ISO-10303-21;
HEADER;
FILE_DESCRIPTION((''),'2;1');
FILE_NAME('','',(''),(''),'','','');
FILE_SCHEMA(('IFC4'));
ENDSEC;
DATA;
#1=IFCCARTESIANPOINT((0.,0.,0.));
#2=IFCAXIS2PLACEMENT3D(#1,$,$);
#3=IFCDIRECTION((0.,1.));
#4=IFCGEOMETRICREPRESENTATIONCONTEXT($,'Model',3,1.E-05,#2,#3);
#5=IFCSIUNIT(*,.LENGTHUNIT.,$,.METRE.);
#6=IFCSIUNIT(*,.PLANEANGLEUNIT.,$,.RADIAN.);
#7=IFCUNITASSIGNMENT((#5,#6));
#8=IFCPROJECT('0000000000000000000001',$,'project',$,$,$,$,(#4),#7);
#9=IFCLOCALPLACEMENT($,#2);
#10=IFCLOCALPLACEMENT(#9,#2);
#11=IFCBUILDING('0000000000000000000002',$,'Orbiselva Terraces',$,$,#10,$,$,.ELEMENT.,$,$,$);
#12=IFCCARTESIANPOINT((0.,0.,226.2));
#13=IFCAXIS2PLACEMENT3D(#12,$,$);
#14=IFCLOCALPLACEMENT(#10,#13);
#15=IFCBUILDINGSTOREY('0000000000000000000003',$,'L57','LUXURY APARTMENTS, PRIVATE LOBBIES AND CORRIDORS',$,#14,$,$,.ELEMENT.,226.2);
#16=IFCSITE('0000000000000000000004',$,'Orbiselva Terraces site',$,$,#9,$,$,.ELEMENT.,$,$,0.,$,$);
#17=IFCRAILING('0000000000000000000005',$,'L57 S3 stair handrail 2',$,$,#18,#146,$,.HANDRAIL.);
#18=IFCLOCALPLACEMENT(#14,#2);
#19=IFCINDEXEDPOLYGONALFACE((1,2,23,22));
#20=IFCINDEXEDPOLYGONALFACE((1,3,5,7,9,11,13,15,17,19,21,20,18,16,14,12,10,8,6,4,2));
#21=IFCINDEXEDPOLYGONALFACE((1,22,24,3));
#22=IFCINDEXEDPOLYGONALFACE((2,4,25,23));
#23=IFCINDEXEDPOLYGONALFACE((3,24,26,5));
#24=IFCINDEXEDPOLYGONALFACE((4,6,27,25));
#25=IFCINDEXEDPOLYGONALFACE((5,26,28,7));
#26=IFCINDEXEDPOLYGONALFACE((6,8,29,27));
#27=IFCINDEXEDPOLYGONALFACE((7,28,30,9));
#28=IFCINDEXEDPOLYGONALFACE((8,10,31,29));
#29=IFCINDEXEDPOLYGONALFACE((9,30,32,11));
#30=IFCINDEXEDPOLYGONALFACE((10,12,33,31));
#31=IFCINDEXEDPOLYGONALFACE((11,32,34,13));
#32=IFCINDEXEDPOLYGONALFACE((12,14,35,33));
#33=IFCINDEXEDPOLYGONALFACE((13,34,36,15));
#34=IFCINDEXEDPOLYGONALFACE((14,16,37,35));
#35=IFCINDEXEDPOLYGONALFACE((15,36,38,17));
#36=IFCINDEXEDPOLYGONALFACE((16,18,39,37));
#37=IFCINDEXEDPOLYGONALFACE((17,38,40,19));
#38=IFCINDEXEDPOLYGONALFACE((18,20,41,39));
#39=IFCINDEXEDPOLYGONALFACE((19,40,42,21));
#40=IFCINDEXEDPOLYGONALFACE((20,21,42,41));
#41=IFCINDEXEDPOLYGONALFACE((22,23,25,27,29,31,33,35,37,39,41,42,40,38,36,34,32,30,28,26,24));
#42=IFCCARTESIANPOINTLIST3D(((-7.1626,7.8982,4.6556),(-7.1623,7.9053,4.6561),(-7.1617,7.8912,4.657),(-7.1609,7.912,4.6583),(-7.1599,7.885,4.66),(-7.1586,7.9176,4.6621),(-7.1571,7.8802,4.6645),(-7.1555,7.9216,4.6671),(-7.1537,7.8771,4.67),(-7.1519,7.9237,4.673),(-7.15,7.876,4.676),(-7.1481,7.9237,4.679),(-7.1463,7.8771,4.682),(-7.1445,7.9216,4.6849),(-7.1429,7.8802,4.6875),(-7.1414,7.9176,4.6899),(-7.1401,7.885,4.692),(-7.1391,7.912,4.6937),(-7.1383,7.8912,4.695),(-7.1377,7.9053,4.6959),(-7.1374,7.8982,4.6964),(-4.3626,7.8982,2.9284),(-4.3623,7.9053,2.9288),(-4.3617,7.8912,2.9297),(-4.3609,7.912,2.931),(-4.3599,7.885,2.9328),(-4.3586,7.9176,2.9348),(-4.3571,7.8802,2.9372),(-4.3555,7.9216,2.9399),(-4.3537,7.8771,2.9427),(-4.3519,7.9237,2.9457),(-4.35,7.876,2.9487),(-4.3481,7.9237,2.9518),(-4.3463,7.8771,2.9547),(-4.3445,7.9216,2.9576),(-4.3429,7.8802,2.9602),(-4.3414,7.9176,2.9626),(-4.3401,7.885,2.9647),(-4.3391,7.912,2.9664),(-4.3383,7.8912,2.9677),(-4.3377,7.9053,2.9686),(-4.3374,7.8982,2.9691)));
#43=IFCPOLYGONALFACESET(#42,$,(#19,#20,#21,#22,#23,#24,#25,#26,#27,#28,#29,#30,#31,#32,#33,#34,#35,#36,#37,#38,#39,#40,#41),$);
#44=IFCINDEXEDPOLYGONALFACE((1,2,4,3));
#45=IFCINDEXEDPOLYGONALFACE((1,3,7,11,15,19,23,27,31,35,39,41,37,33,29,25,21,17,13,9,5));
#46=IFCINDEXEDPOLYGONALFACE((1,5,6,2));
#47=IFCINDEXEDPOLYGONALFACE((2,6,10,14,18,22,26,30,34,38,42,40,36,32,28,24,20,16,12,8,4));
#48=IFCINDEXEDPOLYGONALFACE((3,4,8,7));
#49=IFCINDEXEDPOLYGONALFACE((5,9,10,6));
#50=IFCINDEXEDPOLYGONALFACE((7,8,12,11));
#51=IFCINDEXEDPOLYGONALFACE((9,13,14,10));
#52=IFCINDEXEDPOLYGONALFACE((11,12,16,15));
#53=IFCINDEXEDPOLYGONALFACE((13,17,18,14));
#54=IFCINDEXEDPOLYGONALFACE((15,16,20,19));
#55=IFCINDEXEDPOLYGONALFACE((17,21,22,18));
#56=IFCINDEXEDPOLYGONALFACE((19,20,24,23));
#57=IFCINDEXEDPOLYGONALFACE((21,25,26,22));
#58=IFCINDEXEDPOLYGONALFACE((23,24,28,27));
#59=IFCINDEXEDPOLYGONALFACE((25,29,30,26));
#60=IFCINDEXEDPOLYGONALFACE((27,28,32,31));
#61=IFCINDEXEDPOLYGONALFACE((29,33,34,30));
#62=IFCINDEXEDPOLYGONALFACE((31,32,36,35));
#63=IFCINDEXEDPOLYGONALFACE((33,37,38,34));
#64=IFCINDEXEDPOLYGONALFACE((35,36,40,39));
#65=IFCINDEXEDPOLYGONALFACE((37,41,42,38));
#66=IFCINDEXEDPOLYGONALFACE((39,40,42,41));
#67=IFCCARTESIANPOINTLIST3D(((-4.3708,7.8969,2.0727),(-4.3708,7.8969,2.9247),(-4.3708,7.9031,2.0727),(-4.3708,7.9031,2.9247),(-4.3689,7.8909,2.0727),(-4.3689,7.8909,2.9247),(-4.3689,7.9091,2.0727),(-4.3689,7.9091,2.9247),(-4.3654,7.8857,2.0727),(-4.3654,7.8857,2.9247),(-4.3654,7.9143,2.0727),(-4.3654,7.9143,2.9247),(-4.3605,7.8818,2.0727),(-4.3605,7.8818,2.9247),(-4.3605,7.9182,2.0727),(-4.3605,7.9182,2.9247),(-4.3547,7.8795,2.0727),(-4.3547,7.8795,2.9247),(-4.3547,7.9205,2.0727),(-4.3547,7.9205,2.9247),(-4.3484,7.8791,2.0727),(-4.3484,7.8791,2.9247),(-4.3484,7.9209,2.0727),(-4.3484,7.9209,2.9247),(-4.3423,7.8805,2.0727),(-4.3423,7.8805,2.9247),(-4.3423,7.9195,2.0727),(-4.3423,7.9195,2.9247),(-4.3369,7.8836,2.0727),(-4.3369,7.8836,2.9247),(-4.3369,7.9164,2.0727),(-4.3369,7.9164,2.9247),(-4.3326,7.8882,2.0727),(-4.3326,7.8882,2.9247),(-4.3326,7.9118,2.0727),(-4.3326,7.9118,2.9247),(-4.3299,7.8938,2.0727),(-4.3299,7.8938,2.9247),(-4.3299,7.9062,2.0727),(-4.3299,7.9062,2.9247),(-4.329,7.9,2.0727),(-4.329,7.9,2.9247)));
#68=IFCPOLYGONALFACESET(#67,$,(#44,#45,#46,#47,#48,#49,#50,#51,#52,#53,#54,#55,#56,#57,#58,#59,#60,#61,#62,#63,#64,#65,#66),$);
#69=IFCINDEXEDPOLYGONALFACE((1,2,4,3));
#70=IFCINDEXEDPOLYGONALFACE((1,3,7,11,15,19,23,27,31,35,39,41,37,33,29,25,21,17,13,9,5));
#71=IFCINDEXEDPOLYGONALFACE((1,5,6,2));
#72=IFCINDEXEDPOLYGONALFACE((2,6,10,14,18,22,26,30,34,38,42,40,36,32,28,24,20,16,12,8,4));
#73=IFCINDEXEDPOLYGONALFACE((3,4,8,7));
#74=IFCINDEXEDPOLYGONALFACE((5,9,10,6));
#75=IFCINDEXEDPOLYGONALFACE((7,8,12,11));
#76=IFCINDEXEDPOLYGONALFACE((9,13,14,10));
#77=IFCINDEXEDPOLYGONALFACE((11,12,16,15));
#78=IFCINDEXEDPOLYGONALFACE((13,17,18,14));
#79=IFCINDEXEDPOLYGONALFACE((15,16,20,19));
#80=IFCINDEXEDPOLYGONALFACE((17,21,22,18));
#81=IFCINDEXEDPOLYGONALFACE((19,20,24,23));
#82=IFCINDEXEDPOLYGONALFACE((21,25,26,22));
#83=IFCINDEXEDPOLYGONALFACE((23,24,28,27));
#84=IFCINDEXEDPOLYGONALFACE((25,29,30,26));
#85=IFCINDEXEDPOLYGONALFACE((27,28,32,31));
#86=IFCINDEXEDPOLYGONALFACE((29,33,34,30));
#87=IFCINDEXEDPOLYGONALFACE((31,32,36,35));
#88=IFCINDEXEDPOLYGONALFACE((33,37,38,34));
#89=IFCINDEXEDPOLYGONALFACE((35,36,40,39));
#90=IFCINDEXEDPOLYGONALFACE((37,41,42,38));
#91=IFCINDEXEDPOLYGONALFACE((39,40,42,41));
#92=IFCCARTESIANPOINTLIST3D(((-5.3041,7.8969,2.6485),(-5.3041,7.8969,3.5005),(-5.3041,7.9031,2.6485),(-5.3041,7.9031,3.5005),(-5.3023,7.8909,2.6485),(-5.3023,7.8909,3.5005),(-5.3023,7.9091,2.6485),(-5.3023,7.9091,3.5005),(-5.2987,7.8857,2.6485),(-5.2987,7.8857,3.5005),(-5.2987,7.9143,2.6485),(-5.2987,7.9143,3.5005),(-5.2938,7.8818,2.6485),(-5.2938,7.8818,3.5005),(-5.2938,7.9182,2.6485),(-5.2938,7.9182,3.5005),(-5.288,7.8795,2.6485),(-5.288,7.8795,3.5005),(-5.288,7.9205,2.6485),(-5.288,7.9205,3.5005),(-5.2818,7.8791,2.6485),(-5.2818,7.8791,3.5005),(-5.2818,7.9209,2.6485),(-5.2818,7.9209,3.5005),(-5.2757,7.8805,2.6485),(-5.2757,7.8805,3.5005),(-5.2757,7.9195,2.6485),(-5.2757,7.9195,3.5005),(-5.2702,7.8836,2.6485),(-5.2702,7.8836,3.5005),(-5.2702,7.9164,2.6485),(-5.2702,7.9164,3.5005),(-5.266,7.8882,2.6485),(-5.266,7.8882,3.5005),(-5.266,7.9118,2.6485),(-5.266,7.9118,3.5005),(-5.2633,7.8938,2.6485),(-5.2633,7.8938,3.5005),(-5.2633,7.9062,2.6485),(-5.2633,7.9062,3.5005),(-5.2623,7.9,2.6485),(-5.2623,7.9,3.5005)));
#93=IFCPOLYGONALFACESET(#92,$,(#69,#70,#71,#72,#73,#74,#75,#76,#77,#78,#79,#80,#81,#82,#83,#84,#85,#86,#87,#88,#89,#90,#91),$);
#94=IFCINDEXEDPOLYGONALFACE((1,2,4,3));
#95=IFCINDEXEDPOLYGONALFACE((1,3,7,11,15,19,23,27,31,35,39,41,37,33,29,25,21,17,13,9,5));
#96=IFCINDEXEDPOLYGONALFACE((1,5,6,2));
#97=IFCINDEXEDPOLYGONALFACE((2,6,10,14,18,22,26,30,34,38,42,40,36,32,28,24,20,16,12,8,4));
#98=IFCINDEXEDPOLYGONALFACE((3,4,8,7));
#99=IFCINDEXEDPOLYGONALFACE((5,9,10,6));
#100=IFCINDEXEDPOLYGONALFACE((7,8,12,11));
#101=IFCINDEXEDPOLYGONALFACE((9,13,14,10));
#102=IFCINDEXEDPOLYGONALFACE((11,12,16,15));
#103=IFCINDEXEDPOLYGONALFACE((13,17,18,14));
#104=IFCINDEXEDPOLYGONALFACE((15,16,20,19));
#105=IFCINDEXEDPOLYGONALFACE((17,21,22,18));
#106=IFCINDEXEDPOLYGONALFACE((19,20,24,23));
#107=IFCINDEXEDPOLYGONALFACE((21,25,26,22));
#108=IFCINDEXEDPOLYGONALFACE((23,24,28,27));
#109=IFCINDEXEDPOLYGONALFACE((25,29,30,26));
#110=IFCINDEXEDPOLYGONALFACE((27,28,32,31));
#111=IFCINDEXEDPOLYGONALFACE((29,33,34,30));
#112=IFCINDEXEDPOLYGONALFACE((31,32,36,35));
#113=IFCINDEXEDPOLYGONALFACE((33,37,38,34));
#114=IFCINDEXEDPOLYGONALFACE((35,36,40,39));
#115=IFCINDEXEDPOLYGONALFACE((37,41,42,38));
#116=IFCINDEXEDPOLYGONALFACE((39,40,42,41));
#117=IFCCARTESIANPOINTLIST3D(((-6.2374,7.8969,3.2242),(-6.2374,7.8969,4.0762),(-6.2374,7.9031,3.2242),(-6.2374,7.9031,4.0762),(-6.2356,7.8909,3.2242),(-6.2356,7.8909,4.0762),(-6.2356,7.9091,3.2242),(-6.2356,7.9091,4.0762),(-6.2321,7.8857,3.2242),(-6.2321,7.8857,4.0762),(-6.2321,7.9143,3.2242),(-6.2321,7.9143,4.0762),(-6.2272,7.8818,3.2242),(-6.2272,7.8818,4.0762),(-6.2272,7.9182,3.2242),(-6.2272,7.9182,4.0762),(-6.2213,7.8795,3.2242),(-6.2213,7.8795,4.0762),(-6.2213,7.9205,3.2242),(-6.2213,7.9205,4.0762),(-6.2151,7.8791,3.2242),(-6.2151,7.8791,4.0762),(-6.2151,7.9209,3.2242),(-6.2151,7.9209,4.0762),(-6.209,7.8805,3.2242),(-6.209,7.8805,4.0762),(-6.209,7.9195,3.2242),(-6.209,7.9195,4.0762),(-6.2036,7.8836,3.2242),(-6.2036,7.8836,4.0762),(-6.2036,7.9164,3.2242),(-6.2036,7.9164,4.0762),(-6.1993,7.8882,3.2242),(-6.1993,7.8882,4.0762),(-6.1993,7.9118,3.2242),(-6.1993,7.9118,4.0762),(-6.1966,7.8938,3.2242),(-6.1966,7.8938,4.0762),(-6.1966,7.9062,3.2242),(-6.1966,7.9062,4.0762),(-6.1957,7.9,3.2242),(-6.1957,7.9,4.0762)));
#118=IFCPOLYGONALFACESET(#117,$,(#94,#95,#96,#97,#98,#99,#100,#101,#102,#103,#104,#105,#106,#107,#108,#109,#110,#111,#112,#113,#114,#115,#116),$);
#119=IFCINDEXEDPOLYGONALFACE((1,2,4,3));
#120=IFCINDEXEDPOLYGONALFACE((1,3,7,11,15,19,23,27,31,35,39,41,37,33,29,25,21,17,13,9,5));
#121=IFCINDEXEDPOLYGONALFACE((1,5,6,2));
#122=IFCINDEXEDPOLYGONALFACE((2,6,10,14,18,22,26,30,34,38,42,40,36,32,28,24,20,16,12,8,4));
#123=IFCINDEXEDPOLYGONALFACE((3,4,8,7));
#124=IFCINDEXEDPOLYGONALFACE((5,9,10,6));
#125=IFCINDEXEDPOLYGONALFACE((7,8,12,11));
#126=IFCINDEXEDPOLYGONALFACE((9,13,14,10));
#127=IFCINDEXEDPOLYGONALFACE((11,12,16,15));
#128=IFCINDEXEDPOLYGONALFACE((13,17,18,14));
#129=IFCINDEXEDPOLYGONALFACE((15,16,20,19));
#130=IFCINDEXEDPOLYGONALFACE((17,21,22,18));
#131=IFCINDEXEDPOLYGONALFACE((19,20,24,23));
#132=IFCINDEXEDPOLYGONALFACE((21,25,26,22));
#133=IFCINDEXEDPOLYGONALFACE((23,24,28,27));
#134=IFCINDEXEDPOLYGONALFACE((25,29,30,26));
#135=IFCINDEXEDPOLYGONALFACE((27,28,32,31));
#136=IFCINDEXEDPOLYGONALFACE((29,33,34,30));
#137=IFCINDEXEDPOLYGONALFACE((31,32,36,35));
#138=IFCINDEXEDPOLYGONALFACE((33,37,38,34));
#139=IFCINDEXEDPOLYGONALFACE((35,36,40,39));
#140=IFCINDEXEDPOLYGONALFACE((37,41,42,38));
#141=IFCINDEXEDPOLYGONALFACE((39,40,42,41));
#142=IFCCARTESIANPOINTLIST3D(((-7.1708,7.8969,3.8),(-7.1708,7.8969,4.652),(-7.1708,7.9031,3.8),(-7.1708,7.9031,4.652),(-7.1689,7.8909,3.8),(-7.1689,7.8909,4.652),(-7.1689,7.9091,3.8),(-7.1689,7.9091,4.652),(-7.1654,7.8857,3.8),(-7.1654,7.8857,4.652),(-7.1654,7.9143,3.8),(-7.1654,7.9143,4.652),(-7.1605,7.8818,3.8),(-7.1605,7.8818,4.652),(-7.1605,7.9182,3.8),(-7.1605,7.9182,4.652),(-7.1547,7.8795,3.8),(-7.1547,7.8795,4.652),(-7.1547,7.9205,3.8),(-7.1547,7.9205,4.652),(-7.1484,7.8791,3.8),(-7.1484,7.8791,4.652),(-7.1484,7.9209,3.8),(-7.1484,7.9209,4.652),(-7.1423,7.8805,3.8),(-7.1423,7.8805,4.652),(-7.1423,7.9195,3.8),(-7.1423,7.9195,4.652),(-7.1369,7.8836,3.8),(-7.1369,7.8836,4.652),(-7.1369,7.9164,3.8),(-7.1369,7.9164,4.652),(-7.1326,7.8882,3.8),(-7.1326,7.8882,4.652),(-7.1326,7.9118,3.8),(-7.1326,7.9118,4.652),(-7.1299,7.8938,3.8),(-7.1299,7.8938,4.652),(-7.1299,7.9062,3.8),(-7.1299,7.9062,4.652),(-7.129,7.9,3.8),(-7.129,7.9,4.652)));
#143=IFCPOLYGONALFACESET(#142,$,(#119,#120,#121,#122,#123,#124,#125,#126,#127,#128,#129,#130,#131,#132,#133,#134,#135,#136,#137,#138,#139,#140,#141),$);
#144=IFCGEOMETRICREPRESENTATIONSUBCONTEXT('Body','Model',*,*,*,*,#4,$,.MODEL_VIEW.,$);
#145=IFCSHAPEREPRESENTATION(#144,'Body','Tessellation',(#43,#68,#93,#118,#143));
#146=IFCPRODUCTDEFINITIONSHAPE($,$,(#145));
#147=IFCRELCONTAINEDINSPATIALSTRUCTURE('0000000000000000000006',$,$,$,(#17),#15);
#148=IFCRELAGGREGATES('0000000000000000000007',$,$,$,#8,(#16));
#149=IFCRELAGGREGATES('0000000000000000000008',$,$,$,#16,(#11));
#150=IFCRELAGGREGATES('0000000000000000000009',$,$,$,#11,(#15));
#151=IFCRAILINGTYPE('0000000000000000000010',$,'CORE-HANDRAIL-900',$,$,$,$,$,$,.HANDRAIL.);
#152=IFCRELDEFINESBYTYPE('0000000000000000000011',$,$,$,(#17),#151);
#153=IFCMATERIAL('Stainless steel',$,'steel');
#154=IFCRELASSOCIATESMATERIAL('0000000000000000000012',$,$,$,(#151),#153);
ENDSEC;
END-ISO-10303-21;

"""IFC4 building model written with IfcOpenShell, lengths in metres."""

from ifc_helpers import new_model, si_unit, direction, frame, origin, origin_2d, place, context, subcontext, project, spatial, circle, extrude, material, type_object, element, save


model = new_model("IFC4")

# Units and contexts
model_context = context("Model", 3, precision=1e-05, world=origin(), true_north=direction((0.0, 1.0)))
body_context = subcontext(model_context, "Body", "Model", "MODEL_VIEW")
ifc_project = project(units=[si_unit("LENGTHUNIT", "METRE"), si_unit("PLANEANGLEUNIT", "RADIAN")], contexts=[model_context])

# Site, building, storey
site_placement = place(None, origin())
site = spatial("IfcSite", under=ifc_project, at=site_placement, Name="Orbiselva Terraces site", CompositionType="ELEMENT", RefElevation=0.0)
building_placement = place(site_placement, origin())
building = spatial("IfcBuilding", under=site, at=building_placement, Name="Orbiselva Terraces", CompositionType="ELEMENT")
storey_placement = place(building_placement, frame((0.0, 0.0, 226.2)))
storey = spatial("IfcBuildingStorey", under=building, at=storey_placement, Name="L57", Description="LUXURY APARTMENTS, PRIVATE LOBBIES AND CORRIDORS", CompositionType="ELEMENT", Elevation=226.2)

# Railing
ifc_material_1 = material(Name="Stainless steel", Category="steel")
railing_type_1 = type_object("IfcRailingType", Name="CORE-HANDRAIL-900", PredefinedType="HANDRAIL", material=ifc_material_1)
railing_1_placement = place(storey_placement, frame((-4.35, 7.9, 2.0727)))
element("IfcRailing", 1, at=railing_1_placement, inside=storey, type_object=railing_type_1, Name="L57 S3 stair handrail 2", PredefinedType="HANDRAIL", context=body_context, shape_type="SweptSolid", body=[
    extrude(circle(Radius=0.024, at=origin_2d()), frame((0.0, 0.0, 0.876), z_axis=(-0.851089, 0.0, 0.525022), x_axis=(0.0, -1.0, 0.0)), (0.0, 0.0, 1.0), 3.2899),
    extrude(circle(Radius=0.021, at=origin_2d()), origin(), (0.0, 0.0, 1.0), 0.852),
    extrude(circle(Radius=0.021, at=origin_2d()), frame((-0.9333, 0.0, 0.5758)), (0.0, 0.0, 1.0), 0.852),
    extrude(circle(Radius=0.021, at=origin_2d()), frame((-1.8667, 0.0, 1.1515)), (0.0, 0.0, 1.0), 0.852),
    extrude(circle(Radius=0.021, at=origin_2d()), frame((-2.8, 0.0, 1.7273)), (0.0, 0.0, 1.0), 0.852),
])

save(model, "model.ifc")
